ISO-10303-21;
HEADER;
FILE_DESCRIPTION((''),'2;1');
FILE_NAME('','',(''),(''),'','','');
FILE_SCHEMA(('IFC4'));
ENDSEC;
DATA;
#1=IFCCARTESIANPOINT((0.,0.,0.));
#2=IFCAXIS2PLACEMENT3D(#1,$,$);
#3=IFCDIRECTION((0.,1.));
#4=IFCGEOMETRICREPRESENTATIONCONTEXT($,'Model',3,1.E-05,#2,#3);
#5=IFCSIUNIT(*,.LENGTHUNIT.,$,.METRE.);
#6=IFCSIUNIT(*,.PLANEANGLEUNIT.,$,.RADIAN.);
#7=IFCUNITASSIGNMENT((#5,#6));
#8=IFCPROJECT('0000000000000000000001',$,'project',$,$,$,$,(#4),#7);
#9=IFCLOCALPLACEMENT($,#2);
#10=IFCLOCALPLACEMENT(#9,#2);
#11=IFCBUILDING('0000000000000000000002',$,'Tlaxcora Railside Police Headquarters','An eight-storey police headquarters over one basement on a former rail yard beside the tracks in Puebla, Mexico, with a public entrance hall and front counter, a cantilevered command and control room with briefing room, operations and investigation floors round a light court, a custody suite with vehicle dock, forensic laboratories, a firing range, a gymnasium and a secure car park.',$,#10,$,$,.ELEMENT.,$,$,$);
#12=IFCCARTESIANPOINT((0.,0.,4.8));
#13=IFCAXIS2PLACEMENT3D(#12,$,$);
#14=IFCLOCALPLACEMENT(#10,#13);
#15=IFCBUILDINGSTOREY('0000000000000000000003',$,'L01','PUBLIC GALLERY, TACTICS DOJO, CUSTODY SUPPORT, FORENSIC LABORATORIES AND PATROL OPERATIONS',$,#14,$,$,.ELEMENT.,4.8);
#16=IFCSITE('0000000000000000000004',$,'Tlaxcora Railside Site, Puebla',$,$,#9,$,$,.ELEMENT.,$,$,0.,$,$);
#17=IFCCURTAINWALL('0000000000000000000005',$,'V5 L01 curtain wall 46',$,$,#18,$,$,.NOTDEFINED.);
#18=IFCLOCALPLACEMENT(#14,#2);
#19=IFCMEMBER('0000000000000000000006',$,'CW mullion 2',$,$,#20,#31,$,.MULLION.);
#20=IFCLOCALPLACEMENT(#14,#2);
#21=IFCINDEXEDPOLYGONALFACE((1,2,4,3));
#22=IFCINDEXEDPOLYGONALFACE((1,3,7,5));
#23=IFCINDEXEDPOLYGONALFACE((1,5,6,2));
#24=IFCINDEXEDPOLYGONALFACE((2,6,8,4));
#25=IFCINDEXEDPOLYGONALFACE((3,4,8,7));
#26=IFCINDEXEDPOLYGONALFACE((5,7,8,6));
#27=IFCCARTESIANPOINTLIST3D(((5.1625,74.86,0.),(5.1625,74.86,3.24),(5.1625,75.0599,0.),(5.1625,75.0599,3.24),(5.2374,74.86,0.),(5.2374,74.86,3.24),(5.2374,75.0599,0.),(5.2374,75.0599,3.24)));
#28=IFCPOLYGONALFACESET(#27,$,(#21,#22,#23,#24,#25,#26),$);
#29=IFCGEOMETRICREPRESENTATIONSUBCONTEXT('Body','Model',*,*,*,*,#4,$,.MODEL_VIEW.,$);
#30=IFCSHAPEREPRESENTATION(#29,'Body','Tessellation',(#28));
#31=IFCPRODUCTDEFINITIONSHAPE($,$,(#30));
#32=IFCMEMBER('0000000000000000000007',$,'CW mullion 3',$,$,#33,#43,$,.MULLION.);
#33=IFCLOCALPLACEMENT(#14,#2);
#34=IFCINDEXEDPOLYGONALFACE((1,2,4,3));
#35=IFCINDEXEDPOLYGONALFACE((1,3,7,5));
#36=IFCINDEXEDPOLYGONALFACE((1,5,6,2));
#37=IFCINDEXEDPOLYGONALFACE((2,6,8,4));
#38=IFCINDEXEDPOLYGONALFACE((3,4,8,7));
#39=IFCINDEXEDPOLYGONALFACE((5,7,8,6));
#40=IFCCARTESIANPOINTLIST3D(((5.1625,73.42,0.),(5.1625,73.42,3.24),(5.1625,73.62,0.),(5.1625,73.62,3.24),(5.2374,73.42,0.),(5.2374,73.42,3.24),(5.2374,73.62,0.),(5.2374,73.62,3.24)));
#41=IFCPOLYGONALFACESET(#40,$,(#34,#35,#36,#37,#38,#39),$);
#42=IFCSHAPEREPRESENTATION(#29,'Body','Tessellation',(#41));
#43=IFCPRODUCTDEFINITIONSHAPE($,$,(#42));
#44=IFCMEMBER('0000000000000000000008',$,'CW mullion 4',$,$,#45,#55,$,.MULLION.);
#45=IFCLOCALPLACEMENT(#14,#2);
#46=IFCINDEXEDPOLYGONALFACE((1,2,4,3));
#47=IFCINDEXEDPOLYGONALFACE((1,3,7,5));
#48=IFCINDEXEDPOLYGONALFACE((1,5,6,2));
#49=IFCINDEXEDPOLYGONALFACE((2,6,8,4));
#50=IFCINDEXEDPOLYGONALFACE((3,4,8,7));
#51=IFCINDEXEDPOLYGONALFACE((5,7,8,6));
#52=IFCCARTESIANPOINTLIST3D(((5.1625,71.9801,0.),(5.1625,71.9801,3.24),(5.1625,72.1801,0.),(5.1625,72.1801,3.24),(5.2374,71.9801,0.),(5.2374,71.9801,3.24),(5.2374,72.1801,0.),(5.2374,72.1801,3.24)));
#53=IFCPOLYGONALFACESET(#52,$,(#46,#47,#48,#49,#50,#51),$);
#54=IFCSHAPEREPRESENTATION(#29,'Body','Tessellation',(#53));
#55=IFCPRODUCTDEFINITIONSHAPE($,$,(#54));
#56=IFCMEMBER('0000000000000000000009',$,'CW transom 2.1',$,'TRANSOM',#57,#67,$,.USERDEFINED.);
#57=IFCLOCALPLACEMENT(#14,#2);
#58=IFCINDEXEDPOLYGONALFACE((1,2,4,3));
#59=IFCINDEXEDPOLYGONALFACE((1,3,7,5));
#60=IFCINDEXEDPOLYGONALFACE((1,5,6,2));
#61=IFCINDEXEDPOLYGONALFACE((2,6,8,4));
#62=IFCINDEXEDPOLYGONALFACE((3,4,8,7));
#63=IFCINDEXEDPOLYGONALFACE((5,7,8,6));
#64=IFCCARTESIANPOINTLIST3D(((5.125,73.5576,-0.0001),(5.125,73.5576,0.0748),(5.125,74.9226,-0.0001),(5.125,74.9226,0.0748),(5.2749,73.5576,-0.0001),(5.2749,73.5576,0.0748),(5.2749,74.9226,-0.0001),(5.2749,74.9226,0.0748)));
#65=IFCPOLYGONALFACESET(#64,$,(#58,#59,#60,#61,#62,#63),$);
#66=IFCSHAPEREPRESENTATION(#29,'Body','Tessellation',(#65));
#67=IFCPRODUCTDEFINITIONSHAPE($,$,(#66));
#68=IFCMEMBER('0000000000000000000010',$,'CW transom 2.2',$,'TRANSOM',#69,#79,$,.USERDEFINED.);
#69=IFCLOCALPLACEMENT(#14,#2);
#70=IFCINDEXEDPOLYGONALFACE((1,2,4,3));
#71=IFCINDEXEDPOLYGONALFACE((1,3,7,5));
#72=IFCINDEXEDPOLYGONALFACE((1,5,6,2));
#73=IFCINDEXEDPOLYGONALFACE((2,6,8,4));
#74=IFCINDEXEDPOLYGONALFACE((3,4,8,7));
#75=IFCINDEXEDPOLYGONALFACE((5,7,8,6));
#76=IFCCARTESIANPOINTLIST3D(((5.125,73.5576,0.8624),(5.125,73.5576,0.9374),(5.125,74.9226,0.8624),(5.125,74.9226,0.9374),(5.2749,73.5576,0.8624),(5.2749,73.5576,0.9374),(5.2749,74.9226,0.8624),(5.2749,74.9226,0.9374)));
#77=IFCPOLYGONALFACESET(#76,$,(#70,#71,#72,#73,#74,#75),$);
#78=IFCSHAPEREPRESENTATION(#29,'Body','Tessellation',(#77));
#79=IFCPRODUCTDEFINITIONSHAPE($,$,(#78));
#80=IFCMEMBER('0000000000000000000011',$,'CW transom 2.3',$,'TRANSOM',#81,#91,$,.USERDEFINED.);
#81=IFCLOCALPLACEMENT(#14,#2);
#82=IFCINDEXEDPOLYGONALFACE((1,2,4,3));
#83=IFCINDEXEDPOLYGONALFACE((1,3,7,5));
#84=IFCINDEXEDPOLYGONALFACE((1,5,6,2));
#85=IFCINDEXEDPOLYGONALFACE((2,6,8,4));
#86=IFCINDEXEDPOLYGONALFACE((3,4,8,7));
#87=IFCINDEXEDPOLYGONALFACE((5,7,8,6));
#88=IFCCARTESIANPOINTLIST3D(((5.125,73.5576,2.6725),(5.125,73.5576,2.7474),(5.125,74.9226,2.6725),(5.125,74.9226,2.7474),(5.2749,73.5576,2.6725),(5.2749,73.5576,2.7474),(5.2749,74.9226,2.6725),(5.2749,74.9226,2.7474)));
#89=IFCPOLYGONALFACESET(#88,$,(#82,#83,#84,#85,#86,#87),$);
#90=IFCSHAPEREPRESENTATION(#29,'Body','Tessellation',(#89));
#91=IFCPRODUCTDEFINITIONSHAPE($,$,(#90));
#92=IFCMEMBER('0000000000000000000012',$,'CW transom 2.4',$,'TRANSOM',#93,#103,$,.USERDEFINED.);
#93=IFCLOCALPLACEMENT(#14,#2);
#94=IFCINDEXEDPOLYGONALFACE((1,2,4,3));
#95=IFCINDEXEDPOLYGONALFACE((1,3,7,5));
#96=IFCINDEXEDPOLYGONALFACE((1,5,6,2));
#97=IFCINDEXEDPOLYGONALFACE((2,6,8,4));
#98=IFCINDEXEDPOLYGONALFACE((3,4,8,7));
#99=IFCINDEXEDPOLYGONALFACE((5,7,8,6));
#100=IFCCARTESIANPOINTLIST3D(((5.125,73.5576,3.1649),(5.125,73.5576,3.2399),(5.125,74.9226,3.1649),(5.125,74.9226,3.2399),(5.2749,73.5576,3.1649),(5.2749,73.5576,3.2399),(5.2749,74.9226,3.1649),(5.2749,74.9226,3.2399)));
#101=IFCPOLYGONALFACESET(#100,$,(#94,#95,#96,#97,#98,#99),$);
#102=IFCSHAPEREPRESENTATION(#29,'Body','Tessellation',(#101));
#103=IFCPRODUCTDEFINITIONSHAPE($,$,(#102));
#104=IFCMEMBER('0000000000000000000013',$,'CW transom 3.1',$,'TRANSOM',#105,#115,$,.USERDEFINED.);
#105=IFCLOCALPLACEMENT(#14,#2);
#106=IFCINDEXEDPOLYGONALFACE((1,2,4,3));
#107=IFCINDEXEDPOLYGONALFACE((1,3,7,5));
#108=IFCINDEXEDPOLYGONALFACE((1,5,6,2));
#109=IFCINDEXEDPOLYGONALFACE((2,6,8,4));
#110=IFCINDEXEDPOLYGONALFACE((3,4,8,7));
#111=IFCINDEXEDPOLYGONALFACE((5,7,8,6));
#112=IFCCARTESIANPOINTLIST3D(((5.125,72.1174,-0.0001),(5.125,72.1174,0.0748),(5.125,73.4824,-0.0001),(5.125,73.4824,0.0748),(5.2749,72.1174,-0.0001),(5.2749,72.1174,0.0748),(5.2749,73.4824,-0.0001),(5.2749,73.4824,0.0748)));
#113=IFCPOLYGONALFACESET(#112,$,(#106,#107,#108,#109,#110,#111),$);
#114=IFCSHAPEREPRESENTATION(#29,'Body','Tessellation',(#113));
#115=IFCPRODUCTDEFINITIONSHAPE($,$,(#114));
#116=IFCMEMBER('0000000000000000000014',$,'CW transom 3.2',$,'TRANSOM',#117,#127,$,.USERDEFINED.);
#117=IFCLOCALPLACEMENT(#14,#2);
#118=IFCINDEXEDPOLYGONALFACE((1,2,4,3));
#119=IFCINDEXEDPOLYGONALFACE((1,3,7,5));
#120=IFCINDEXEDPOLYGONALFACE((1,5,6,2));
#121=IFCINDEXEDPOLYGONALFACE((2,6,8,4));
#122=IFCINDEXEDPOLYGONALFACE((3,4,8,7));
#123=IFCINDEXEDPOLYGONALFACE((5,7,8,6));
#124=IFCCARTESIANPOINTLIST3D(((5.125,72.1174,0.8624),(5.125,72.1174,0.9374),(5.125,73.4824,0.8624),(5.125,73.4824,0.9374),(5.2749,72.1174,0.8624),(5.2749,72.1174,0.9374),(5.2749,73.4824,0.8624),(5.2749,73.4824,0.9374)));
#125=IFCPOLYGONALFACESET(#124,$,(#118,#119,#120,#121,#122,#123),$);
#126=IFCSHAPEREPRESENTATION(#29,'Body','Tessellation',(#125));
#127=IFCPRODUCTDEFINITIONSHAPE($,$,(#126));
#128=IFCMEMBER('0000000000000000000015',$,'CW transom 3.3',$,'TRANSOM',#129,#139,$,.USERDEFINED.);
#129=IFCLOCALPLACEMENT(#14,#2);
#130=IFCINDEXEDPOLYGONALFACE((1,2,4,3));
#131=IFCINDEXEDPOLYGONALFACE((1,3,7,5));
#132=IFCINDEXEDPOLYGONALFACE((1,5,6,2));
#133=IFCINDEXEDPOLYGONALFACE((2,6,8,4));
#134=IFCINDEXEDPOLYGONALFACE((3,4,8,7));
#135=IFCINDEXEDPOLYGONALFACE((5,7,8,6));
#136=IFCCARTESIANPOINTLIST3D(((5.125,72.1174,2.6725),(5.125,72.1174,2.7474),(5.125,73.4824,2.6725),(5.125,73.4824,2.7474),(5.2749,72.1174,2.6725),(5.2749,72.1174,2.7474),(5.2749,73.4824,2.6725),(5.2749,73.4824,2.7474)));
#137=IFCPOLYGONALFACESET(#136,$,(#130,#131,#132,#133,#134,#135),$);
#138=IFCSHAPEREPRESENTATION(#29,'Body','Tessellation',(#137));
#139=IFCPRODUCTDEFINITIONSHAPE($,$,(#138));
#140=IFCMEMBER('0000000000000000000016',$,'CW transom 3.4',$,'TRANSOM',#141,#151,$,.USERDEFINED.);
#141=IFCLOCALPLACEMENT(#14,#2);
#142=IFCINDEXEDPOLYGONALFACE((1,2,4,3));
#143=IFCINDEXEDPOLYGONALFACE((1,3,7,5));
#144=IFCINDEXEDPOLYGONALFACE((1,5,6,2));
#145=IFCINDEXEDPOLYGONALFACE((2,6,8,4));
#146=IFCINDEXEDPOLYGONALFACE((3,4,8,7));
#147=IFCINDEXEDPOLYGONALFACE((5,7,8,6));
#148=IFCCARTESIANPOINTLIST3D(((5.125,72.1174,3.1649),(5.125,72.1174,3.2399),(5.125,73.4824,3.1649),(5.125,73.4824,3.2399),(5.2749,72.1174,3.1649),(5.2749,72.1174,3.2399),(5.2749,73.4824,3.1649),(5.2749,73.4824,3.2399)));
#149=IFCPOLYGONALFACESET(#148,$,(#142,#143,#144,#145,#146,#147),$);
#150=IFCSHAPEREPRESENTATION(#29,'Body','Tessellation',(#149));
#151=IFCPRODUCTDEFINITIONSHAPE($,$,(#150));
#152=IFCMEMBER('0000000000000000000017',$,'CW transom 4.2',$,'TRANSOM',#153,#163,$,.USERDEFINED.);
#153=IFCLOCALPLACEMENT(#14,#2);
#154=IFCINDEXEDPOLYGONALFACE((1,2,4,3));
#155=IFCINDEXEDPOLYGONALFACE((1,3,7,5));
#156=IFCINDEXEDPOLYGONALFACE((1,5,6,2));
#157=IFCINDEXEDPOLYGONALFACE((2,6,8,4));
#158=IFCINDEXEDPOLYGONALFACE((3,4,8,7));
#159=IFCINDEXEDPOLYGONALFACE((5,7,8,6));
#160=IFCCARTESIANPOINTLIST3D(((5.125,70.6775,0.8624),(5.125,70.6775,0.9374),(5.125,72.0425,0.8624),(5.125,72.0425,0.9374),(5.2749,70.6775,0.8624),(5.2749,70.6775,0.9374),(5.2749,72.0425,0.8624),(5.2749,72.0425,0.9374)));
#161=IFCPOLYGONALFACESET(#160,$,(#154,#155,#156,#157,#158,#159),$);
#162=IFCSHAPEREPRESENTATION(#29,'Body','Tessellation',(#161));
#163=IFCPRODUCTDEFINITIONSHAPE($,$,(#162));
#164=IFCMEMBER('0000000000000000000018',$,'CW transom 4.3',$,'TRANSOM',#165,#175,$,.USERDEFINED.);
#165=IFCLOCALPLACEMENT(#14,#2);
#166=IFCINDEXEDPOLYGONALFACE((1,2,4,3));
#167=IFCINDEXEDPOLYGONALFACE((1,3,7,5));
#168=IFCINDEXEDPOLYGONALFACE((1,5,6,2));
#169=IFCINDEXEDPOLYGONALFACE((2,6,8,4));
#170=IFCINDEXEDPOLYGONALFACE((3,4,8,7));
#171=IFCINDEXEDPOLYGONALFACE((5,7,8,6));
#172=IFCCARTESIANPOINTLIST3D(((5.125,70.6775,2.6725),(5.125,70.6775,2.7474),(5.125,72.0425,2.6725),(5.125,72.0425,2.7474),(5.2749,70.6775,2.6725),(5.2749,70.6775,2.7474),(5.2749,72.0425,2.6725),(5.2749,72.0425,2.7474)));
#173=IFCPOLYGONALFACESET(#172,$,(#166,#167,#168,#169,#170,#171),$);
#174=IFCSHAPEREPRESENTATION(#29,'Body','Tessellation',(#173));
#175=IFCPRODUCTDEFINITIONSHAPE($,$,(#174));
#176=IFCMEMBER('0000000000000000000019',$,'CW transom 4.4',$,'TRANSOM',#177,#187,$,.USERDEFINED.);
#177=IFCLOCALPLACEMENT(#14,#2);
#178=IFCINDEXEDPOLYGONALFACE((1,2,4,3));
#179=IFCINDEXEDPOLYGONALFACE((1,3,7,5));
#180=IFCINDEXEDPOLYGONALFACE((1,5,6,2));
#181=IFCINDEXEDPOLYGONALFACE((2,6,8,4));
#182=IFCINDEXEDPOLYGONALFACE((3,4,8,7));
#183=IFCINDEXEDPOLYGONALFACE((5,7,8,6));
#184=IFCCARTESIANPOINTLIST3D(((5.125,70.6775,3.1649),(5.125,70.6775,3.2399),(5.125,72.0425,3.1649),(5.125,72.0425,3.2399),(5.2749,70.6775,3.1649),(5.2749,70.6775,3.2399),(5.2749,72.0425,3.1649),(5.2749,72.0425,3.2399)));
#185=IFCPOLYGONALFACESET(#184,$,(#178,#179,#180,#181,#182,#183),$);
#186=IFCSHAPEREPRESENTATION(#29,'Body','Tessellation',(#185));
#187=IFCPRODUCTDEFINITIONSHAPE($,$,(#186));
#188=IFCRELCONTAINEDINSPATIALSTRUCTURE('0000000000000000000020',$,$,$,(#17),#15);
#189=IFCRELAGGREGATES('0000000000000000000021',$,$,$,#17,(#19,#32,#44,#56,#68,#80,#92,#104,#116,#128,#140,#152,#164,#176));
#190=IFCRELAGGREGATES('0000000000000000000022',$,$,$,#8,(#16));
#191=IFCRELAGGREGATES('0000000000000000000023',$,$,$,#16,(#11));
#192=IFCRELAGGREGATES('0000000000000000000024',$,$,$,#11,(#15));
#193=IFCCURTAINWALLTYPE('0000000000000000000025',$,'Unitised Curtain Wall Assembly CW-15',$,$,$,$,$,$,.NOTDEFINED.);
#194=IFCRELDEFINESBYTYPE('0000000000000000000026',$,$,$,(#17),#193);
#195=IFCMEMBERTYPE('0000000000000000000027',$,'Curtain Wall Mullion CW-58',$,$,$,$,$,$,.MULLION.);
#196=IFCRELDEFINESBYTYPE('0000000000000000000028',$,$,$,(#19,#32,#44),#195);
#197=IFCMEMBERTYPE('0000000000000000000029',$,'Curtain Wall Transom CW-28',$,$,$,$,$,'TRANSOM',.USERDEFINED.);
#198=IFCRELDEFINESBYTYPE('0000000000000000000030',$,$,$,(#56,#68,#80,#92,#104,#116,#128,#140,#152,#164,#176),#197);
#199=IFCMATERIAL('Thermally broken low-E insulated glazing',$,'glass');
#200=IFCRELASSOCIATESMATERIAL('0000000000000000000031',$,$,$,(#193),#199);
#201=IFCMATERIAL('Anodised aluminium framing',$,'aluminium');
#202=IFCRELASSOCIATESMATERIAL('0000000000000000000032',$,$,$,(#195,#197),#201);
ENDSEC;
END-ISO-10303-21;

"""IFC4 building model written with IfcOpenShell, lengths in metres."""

from ifc_helpers import new_model, si_unit, direction, frame, origin, origin_2d, place, context, subcontext, project, spatial, rectangle, extrude, material, material_profile, profile_set, type_object, element, aggregate, save


model = new_model("IFC4")

# Units and contexts
model_context = context("Model", 3, precision=1e-05, world=origin(), true_north=direction((0.0, 1.0)))
body_context = subcontext(model_context, "Body", "Model", "MODEL_VIEW")
ifc_project = project(units=[si_unit("LENGTHUNIT", "METRE"), si_unit("PLANEANGLEUNIT", "RADIAN")], contexts=[model_context])

# Site, building, storey
site_placement = place(None, origin())
site = spatial("IfcSite", under=ifc_project, at=site_placement, Name="Tlaxcora Railside Site, Puebla", CompositionType="ELEMENT", RefElevation=0.0)
building_placement = place(site_placement, origin())
building = spatial("IfcBuilding", under=site, at=building_placement, Name="Tlaxcora Railside Police Headquarters", Description="An eight-storey police headquarters over one basement on a former rail yard beside the tracks in Puebla, Mexico, with a public entrance hall and front counter, a cantilevered command and control room with briefing room, operations and investigation floors round a light court, a custody suite with vehicle dock, forensic laboratories, a firing range, a gymnasium and a secure car park.", CompositionType="ELEMENT")
storey_placement = place(building_placement, frame((0.0, 0.0, 4.8)))
storey = spatial("IfcBuildingStorey", under=building, at=storey_placement, Name="L01", Description="PUBLIC GALLERY, TACTICS DOJO, CUSTODY SUPPORT, FORENSIC LABORATORIES AND PATROL OPERATIONS", CompositionType="ELEMENT", Elevation=4.8)

# Curtain wall, members
ifc_material_1 = material(Name="Thermally broken low-E insulated glazing", Category="glass")
curtain_wall_type = type_object("IfcCurtainWallType", Name="Unitised Curtain Wall Assembly CW-15", PredefinedType="NOTDEFINED", material=ifc_material_1)
curtain_wall_placement = place(storey_placement, origin())
curtain_wall = element("IfcCurtainWall", 1, at=curtain_wall_placement, inside=storey, type_object=curtain_wall_type, Name="V5 L01 curtain wall 46", PredefinedType="NOTDEFINED")
ifc_material_2 = material(Name="Anodised aluminium framing", Category="aluminium")
ifc_material_profile_1 = material_profile(ifc_material_2, rectangle(XDim=0.075, YDim=0.2, at=origin_2d()), Name="AL75X200")
ifc_profile_set_1 = profile_set([ifc_material_profile_1], Name="Anodised aluminium framing")
member_type_1 = type_object("IfcMemberType", Name="Curtain Wall Mullion CW-58", PredefinedType="MULLION", material=ifc_profile_set_1)
member_1_placement = place(storey_placement, frame((5.2, 74.96, 0.0), z_axis=(0.0, 0.0, 1.0), x_axis=(1.0, 0.0, 0.0)))
member_1 = element("IfcMember", 2, at=member_1_placement, type_object=member_type_1, Name="CW mullion 2", PredefinedType="MULLION", context=body_context, shape_type="SweptSolid", body=[
    extrude(rectangle(XDim=0.075, YDim=0.2, at=origin_2d()), origin(), (0.0, 0.0, 1.0), 3.24),
])
member_2_placement = place(storey_placement, frame((5.2, 73.52, 0.0), z_axis=(0.0, 0.0, 1.0), x_axis=(1.0, 0.0, 0.0)))
member_2 = element("IfcMember", 3, at=member_2_placement, type_object=member_type_1, Name="CW mullion 3", PredefinedType="MULLION", context=body_context, shape_type="SweptSolid", body=[
    extrude(rectangle(XDim=0.075, YDim=0.2, at=origin_2d()), origin(), (0.0, 0.0, 1.0), 3.24),
])
member_3_placement = place(storey_placement, frame((5.2, 72.0801, 0.0), z_axis=(0.0, 0.0, 1.0), x_axis=(1.0, 0.0, 0.0)))
member_3 = element("IfcMember", 4, at=member_3_placement, type_object=member_type_1, Name="CW mullion 4", PredefinedType="MULLION", context=body_context, shape_type="SweptSolid", body=[
    extrude(rectangle(XDim=0.075, YDim=0.2, at=origin_2d()), origin(), (0.0, 0.0, 1.0), 3.24),
])
ifc_material_profile_2 = material_profile(ifc_material_2, rectangle(XDim=0.1499, YDim=0.075, at=origin_2d()), Name="AL75X150")
ifc_profile_set_2 = profile_set([ifc_material_profile_2], Name="Anodised aluminium framing")
member_type_2 = type_object("IfcMemberType", Name="Curtain Wall Transom CW-28", ElementType="TRANSOM", PredefinedType="USERDEFINED", material=ifc_profile_set_2)
member_4_placement = place(storey_placement, frame((5.2, 74.9226, 0.0374), z_axis=(0.0, -1.0, 0.0), x_axis=(1.0, 0.0, 0.0)))
member_4 = element("IfcMember", 5, at=member_4_placement, type_object=member_type_2, Name="CW transom 2.1", ObjectType="TRANSOM", PredefinedType="USERDEFINED", context=body_context, shape_type="SweptSolid", body=[
    extrude(rectangle(XDim=0.1499, YDim=0.075, at=origin_2d()), origin(), (0.0, 0.0, 1.0), 1.365),
])
member_5_placement = place(storey_placement, frame((5.2, 74.9226, 0.8999), z_axis=(0.0, -1.0, 0.0), x_axis=(1.0, 0.0, 0.0)))
member_5 = element("IfcMember", 6, at=member_5_placement, type_object=member_type_2, Name="CW transom 2.2", ObjectType="TRANSOM", PredefinedType="USERDEFINED", context=body_context, shape_type="SweptSolid", body=[
    extrude(rectangle(XDim=0.1499, YDim=0.075, at=origin_2d()), origin(), (0.0, 0.0, 1.0), 1.365),
])
member_6_placement = place(storey_placement, frame((5.2, 74.9226, 2.71), z_axis=(0.0, -1.0, 0.0), x_axis=(1.0, 0.0, 0.0)))
member_6 = element("IfcMember", 7, at=member_6_placement, type_object=member_type_2, Name="CW transom 2.3", ObjectType="TRANSOM", PredefinedType="USERDEFINED", context=body_context, shape_type="SweptSolid", body=[
    extrude(rectangle(XDim=0.1499, YDim=0.075, at=origin_2d()), origin(), (0.0, 0.0, 1.0), 1.365),
])
member_7_placement = place(storey_placement, frame((5.2, 74.9226, 3.2024), z_axis=(0.0, -1.0, 0.0), x_axis=(1.0, 0.0, 0.0)))
member_7 = element("IfcMember", 8, at=member_7_placement, type_object=member_type_2, Name="CW transom 2.4", ObjectType="TRANSOM", PredefinedType="USERDEFINED", context=body_context, shape_type="SweptSolid", body=[
    extrude(rectangle(XDim=0.1499, YDim=0.075, at=origin_2d()), origin(), (0.0, 0.0, 1.0), 1.365),
])
member_8_placement = place(storey_placement, frame((5.2, 73.4824, 0.0374), z_axis=(0.0, -1.0, 0.0), x_axis=(1.0, 0.0, 0.0)))
member_8 = element("IfcMember", 9, at=member_8_placement, type_object=member_type_2, Name="CW transom 3.1", ObjectType="TRANSOM", PredefinedType="USERDEFINED", context=body_context, shape_type="SweptSolid", body=[
    extrude(rectangle(XDim=0.1499, YDim=0.075, at=origin_2d()), origin(), (0.0, 0.0, 1.0), 1.365),
])
member_9_placement = place(storey_placement, frame((5.2, 73.4824, 0.8999), z_axis=(0.0, -1.0, 0.0), x_axis=(1.0, 0.0, 0.0)))
member_9 = element("IfcMember", 10, at=member_9_placement, type_object=member_type_2, Name="CW transom 3.2", ObjectType="TRANSOM", PredefinedType="USERDEFINED", context=body_context, shape_type="SweptSolid", body=[
    extrude(rectangle(XDim=0.1499, YDim=0.075, at=origin_2d()), origin(), (0.0, 0.0, 1.0), 1.365),
])
member_10_placement = place(storey_placement, frame((5.2, 73.4824, 2.71), z_axis=(0.0, -1.0, 0.0), x_axis=(1.0, 0.0, 0.0)))
member_10 = element("IfcMember", 11, at=member_10_placement, type_object=member_type_2, Name="CW transom 3.3", ObjectType="TRANSOM", PredefinedType="USERDEFINED", context=body_context, shape_type="SweptSolid", body=[
    extrude(rectangle(XDim=0.1499, YDim=0.075, at=origin_2d()), origin(), (0.0, 0.0, 1.0), 1.365),
])
member_11_placement = place(storey_placement, frame((5.2, 73.4824, 3.2024), z_axis=(0.0, -1.0, 0.0), x_axis=(1.0, 0.0, 0.0)))
member_11 = element("IfcMember", 12, at=member_11_placement, type_object=member_type_2, Name="CW transom 3.4", ObjectType="TRANSOM", PredefinedType="USERDEFINED", context=body_context, shape_type="SweptSolid", body=[
    extrude(rectangle(XDim=0.1499, YDim=0.075, at=origin_2d()), origin(), (0.0, 0.0, 1.0), 1.365),
])
member_12_placement = place(storey_placement, frame((5.2, 72.0425, 0.8999), z_axis=(0.0, -1.0, 0.0), x_axis=(1.0, 0.0, 0.0)))
member_12 = element("IfcMember", 13, at=member_12_placement, type_object=member_type_2, Name="CW transom 4.2", ObjectType="TRANSOM", PredefinedType="USERDEFINED", context=body_context, shape_type="SweptSolid", body=[
    extrude(rectangle(XDim=0.1499, YDim=0.075, at=origin_2d()), origin(), (0.0, 0.0, 1.0), 1.365),
])
member_13_placement = place(storey_placement, frame((5.2, 72.0425, 2.71), z_axis=(0.0, -1.0, 0.0), x_axis=(1.0, 0.0, 0.0)))
member_13 = element("IfcMember", 14, at=member_13_placement, type_object=member_type_2, Name="CW transom 4.3", ObjectType="TRANSOM", PredefinedType="USERDEFINED", context=body_context, shape_type="SweptSolid", body=[
    extrude(rectangle(XDim=0.1499, YDim=0.075, at=origin_2d()), origin(), (0.0, 0.0, 1.0), 1.365),
])
member_14_placement = place(storey_placement, frame((5.2, 72.0425, 3.2024), z_axis=(0.0, -1.0, 0.0), x_axis=(1.0, 0.0, 0.0)))
member_14 = element("IfcMember", 15, at=member_14_placement, type_object=member_type_2, Name="CW transom 4.4", ObjectType="TRANSOM", PredefinedType="USERDEFINED", context=body_context, shape_type="SweptSolid", body=[
    extrude(rectangle(XDim=0.1499, YDim=0.075, at=origin_2d()), origin(), (0.0, 0.0, 1.0), 1.365),
])
aggregate(curtain_wall, [member_1, member_2, member_3, member_4, member_5, member_6, member_7, member_8, member_9, member_10, member_11, member_12, member_13, member_14])

save(model, "model.ifc")
